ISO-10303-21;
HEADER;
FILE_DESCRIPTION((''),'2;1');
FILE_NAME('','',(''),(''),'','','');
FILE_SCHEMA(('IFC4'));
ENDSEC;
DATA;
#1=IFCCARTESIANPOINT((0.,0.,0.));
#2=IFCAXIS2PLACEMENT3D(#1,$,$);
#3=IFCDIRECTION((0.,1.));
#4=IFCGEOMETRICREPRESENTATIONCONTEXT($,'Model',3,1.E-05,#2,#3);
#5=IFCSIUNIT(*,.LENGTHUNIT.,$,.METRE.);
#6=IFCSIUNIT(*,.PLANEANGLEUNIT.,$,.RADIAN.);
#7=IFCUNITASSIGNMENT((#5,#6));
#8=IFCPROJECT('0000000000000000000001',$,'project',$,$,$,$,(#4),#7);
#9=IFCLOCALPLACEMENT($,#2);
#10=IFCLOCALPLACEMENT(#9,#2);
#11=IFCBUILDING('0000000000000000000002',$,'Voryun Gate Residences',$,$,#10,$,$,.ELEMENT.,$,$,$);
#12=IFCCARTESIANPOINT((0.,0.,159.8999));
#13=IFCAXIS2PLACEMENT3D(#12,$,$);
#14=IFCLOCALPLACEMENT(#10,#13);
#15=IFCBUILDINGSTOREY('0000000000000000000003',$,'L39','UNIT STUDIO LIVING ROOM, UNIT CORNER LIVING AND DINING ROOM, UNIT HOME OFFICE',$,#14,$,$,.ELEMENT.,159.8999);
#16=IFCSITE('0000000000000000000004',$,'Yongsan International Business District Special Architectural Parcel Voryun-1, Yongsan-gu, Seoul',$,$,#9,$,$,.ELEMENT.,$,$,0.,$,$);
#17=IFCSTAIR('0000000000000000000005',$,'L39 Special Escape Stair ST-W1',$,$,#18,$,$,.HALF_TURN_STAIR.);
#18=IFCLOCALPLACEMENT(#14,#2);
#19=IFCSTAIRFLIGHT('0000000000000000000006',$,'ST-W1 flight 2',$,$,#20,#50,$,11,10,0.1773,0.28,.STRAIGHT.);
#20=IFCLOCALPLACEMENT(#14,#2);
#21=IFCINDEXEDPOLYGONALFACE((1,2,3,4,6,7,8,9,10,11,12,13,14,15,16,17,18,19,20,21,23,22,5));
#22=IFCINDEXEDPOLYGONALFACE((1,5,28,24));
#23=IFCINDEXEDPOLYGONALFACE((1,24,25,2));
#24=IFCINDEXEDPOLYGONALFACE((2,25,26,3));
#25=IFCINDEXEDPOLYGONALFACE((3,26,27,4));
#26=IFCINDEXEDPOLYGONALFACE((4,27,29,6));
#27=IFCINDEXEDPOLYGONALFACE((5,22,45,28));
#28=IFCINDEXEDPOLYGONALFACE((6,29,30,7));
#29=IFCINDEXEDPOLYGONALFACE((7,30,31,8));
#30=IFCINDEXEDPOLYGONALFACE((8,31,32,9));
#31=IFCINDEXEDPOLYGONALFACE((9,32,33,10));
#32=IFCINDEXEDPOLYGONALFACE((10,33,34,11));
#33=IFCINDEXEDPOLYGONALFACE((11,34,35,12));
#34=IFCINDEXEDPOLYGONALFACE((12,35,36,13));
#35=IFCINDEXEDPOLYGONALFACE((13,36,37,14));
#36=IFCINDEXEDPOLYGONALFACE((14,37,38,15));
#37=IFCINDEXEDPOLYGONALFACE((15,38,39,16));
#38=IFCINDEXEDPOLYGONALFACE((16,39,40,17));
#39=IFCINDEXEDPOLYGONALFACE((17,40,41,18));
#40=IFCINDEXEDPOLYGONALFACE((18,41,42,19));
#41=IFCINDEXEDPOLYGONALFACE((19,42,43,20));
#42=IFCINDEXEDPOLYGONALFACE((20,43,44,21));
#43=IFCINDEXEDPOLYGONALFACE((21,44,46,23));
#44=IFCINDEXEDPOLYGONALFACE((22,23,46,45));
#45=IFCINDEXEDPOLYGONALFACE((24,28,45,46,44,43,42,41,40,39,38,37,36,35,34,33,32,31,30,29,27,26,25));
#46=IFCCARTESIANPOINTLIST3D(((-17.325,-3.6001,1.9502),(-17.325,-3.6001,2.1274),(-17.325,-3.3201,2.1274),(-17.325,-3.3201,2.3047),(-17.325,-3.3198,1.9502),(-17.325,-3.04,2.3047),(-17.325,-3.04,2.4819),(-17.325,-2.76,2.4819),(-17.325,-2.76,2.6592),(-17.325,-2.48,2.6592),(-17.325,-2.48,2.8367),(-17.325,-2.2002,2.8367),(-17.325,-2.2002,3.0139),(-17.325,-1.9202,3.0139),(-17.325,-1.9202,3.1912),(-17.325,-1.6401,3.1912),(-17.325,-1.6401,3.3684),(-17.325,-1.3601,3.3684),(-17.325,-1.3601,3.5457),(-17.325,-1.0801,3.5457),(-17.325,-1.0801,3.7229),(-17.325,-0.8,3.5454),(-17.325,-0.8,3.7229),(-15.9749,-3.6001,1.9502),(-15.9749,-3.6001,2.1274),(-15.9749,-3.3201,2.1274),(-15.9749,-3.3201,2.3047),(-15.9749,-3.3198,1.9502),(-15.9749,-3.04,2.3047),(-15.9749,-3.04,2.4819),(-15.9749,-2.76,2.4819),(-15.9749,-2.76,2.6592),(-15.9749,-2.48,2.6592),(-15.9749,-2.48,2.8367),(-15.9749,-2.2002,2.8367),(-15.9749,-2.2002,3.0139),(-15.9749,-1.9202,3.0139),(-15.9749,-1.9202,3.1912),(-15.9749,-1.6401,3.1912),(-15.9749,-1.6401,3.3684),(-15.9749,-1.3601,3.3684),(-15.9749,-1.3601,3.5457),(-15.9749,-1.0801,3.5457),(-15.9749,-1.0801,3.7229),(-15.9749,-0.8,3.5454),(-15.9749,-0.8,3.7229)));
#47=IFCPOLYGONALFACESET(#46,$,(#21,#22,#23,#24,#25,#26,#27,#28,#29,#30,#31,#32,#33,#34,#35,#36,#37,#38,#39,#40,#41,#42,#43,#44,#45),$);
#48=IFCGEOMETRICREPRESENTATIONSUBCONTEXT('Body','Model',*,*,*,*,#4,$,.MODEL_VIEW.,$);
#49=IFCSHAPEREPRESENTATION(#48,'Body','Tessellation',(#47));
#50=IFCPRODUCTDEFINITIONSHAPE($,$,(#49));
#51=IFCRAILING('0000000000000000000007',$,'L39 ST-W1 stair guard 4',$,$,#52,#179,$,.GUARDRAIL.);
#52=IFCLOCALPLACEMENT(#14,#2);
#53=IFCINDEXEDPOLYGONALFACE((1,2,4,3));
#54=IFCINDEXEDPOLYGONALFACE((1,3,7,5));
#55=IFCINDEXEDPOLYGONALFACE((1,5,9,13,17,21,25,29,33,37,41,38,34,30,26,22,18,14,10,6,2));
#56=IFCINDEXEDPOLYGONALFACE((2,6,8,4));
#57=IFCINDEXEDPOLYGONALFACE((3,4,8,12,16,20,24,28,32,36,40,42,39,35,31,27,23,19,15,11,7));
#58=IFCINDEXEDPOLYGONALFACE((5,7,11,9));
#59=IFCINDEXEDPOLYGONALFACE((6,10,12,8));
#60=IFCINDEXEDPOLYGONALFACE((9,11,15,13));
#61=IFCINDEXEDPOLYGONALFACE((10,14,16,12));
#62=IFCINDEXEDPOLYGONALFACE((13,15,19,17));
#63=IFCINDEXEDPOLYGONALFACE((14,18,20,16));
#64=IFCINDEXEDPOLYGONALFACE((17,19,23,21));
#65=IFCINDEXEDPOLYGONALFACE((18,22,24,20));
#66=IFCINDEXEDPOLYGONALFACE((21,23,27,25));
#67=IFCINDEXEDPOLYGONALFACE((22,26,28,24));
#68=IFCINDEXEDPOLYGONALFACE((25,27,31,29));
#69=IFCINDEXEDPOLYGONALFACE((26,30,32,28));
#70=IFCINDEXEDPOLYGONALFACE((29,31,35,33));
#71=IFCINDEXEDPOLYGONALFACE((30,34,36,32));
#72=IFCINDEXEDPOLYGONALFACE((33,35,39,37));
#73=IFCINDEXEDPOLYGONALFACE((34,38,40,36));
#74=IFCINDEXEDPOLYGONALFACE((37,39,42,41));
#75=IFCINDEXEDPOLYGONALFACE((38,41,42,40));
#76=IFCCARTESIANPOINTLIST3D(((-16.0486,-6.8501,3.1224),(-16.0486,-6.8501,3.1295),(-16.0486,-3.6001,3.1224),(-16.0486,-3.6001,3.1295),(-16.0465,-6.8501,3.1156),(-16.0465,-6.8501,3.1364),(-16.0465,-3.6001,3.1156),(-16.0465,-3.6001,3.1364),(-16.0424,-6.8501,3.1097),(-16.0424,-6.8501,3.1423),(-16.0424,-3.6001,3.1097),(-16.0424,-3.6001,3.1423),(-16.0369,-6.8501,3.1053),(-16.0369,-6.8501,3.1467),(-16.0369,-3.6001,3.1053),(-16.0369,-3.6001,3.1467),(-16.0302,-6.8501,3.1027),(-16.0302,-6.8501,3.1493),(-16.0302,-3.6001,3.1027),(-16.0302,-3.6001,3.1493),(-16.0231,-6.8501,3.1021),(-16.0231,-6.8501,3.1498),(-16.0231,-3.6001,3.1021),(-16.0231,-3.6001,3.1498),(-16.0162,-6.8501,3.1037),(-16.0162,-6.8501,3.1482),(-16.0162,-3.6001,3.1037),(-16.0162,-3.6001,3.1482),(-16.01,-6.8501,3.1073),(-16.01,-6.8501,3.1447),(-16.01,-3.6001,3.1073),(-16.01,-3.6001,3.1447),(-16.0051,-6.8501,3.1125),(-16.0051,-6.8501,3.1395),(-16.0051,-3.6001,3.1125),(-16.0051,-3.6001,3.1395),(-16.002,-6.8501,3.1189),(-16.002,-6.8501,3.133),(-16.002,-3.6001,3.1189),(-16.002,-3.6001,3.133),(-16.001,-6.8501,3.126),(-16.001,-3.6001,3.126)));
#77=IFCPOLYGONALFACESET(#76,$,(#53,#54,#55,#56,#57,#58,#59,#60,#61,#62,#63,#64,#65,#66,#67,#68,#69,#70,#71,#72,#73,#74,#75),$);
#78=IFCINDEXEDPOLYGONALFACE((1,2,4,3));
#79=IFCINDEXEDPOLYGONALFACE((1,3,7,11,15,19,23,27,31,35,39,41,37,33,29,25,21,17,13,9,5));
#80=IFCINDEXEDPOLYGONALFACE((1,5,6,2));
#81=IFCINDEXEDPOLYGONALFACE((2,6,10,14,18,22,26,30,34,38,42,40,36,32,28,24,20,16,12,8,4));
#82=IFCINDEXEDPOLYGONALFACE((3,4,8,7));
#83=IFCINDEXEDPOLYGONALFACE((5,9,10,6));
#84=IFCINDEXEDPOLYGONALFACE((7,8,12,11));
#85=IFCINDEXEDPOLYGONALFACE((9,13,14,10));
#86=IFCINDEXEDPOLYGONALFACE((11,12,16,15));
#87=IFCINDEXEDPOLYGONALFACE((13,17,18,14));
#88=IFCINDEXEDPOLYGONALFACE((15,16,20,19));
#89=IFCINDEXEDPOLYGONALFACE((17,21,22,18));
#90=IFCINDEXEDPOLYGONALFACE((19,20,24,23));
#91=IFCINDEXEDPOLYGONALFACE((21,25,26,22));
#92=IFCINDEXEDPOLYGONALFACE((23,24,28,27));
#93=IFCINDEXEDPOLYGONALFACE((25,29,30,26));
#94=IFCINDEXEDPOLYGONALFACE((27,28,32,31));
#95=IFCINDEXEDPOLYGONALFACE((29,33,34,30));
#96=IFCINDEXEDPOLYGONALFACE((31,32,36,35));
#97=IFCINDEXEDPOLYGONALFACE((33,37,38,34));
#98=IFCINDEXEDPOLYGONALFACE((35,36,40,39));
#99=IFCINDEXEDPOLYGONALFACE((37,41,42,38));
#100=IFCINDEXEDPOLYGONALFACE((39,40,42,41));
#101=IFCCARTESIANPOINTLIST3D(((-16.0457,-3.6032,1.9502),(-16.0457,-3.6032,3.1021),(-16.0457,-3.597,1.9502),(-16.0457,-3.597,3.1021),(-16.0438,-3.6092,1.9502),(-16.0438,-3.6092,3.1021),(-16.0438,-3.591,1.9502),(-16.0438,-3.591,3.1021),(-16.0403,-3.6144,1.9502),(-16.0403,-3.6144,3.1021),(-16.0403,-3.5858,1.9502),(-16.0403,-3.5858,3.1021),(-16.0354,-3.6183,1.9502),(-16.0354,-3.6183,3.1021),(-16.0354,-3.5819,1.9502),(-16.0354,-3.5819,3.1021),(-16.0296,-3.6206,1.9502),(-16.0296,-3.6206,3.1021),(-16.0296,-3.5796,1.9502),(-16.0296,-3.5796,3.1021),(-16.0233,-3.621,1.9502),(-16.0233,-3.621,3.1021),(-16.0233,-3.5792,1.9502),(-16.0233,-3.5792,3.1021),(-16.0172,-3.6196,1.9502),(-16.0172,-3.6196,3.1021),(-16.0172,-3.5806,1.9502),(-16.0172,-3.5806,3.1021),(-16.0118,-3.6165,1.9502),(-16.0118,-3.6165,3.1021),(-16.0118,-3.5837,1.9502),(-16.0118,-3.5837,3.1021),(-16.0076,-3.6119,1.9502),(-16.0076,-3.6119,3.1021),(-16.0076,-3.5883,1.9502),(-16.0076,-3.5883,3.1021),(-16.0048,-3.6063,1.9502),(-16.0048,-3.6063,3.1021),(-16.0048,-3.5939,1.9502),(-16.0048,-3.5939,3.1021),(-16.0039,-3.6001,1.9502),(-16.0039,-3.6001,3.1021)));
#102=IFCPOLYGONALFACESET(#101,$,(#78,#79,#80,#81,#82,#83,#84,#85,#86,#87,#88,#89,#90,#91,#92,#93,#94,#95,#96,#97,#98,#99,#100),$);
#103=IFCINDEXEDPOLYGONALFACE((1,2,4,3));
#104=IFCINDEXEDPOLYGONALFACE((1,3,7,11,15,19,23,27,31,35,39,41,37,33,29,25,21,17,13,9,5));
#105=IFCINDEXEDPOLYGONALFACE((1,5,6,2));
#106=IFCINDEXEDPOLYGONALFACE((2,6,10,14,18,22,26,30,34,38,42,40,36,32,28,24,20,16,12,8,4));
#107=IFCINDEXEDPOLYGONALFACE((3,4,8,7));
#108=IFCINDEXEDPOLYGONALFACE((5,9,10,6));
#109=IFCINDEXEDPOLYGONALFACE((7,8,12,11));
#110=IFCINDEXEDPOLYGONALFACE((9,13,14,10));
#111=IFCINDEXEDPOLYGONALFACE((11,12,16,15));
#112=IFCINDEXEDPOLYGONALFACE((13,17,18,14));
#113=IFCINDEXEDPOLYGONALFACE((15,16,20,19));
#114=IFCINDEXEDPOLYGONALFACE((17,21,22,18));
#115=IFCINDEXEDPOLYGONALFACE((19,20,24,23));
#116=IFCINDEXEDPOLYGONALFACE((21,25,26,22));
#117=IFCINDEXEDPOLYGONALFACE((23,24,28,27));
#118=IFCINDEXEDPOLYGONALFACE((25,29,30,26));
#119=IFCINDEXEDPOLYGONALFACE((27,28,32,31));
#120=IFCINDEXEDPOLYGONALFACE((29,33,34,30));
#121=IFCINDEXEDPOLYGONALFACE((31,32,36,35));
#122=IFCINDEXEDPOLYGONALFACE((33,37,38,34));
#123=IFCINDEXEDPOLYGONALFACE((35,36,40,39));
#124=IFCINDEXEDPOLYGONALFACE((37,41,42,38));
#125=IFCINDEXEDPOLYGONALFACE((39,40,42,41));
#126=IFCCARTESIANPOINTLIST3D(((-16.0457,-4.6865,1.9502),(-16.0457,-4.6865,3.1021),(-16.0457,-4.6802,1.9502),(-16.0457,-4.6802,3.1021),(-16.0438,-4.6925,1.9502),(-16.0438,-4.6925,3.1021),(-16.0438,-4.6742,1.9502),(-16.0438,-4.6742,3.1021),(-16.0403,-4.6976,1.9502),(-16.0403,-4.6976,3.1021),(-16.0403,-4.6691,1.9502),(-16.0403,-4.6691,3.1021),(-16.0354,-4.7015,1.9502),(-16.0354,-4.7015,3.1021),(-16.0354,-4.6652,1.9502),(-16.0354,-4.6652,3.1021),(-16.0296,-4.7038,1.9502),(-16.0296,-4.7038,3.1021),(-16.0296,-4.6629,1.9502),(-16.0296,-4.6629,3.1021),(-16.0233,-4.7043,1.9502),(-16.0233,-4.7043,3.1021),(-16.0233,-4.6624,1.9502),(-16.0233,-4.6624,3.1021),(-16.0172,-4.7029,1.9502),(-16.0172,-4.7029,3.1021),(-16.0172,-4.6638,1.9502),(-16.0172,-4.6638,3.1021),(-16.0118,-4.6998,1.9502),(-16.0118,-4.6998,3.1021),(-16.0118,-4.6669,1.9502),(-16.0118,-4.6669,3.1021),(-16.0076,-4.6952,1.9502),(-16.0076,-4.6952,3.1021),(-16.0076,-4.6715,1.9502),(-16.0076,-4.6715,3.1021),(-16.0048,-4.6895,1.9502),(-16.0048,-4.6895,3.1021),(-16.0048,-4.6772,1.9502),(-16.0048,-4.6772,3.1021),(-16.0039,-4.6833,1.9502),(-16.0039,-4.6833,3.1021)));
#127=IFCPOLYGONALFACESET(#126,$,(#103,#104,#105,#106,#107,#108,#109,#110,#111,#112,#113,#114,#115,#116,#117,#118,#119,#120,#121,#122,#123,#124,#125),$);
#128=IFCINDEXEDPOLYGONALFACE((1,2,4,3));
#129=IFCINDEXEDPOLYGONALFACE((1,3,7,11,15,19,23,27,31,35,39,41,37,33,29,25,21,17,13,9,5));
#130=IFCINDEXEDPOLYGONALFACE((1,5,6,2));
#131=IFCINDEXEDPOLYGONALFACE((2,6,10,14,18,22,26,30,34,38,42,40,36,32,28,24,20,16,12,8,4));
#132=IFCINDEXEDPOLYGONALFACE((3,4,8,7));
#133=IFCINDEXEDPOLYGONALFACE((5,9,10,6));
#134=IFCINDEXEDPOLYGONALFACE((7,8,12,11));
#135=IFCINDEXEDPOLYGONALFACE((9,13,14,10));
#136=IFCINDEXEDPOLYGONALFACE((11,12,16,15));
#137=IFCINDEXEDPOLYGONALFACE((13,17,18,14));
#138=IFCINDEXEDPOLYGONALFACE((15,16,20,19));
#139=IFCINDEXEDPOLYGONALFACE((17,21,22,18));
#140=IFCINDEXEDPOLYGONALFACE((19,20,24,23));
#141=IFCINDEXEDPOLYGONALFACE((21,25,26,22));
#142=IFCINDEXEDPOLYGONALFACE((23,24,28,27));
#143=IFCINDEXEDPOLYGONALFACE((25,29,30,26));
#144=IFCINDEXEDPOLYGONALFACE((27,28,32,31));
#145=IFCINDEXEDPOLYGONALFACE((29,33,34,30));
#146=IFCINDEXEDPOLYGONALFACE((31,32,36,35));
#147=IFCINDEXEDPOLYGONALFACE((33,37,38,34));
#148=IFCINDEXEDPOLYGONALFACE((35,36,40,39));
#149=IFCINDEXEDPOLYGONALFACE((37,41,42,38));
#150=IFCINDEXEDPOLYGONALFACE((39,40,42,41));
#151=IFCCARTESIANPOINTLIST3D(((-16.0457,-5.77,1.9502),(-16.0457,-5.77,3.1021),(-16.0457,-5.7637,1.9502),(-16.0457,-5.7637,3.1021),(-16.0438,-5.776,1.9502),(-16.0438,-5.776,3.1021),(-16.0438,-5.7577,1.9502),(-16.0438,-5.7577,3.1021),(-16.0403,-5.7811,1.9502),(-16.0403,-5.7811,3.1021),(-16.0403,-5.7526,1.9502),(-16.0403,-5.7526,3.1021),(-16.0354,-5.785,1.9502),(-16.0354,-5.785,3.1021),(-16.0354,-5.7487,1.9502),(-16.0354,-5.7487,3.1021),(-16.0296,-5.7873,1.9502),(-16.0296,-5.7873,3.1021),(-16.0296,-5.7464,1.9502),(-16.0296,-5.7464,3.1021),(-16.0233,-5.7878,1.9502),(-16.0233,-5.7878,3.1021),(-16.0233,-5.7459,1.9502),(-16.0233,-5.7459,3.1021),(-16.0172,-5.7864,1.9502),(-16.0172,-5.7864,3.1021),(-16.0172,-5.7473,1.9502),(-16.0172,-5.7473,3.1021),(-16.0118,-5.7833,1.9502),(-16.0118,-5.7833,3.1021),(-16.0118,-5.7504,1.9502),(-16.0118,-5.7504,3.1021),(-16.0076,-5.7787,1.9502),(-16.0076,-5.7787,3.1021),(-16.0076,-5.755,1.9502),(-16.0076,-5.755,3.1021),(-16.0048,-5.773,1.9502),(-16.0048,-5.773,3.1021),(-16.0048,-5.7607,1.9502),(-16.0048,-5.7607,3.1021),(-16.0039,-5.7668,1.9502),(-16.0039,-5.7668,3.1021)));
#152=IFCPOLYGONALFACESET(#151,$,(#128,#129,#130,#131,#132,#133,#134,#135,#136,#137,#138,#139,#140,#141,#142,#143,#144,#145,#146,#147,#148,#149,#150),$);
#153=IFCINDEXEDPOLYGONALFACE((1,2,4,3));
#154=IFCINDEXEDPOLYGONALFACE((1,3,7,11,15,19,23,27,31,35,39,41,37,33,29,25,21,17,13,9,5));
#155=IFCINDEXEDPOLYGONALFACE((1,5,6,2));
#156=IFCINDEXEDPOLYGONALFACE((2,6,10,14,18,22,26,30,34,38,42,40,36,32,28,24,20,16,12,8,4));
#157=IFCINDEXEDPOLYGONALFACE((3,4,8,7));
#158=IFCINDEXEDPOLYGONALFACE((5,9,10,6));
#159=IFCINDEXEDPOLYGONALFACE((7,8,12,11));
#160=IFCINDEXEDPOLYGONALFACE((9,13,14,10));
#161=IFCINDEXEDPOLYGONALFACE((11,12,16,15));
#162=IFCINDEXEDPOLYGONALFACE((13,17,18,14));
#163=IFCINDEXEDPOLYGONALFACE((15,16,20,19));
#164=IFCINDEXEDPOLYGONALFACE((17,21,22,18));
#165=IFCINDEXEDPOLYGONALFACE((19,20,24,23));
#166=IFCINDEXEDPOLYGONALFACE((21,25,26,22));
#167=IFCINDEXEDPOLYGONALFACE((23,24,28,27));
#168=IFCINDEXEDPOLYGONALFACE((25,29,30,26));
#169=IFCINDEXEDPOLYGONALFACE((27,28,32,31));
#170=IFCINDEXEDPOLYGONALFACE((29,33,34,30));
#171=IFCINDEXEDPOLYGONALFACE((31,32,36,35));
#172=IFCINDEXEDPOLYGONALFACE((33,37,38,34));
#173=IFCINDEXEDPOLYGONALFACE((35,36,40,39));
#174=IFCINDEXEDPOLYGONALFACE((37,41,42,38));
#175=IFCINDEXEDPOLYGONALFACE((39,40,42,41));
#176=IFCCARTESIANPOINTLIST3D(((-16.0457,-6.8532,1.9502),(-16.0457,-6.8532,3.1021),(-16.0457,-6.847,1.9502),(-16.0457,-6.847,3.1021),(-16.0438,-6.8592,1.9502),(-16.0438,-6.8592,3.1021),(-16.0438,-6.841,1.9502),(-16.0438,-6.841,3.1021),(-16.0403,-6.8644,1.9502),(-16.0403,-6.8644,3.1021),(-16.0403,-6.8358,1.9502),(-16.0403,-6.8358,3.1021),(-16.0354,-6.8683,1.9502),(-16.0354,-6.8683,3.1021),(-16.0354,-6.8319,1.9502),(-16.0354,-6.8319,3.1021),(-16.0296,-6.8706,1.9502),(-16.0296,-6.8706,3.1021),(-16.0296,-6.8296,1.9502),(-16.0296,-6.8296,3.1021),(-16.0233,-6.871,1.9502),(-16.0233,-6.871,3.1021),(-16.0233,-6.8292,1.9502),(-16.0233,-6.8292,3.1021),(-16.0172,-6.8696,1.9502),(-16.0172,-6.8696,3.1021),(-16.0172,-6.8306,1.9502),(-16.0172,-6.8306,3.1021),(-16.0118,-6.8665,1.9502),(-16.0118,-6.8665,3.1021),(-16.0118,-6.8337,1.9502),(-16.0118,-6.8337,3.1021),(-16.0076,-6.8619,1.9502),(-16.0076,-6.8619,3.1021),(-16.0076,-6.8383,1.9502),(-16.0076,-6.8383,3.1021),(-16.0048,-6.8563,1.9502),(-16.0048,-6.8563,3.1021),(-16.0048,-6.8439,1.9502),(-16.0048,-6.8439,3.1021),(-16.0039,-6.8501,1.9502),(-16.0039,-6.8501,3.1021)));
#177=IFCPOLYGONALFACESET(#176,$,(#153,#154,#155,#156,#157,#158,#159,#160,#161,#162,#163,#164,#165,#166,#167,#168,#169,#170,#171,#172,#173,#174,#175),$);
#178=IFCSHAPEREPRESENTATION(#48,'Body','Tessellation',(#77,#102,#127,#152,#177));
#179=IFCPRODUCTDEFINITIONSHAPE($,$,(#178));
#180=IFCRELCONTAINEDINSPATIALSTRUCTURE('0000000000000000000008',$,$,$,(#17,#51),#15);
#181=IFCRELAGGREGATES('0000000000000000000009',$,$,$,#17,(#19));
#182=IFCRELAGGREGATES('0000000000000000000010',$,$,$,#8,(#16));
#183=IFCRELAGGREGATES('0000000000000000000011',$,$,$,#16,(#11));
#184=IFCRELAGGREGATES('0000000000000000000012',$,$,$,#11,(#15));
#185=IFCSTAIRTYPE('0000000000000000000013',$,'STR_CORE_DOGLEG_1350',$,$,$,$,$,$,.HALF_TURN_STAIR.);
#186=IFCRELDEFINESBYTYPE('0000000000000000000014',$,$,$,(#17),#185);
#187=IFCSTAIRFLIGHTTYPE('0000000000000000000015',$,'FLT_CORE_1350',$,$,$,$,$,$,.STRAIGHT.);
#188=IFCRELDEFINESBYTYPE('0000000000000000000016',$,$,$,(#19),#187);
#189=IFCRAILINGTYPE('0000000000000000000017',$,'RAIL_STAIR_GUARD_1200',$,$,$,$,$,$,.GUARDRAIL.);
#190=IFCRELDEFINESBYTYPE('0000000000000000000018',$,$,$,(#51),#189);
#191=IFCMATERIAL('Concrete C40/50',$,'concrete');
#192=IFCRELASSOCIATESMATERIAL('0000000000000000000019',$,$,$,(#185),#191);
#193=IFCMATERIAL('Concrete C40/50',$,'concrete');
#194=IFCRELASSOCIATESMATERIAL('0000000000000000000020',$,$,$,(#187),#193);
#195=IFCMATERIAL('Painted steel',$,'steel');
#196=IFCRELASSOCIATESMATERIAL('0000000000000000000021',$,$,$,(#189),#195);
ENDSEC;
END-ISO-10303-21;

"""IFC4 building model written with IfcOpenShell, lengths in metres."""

from ifc_helpers import new_model, si_unit, direction, frame, origin, origin_2d, place, context, subcontext, project, spatial, polyline, circle, outline, extrude, material, type_object, element, aggregate, save


model = new_model("IFC4")

# Units and contexts
model_context = context("Model", 3, precision=1e-05, world=origin(), true_north=direction((0.0, 1.0)))
body_context = subcontext(model_context, "Body", "Model", "MODEL_VIEW")
ifc_project = project(units=[si_unit("LENGTHUNIT", "METRE"), si_unit("PLANEANGLEUNIT", "RADIAN")], contexts=[model_context])

# Site, building, storey
site_placement = place(None, origin())
site = spatial("IfcSite", under=ifc_project, at=site_placement, Name="Yongsan International Business District Special Architectural Parcel Voryun-1, Yongsan-gu, Seoul", CompositionType="ELEMENT", RefElevation=0.0)
building_placement = place(site_placement, origin())
building = spatial("IfcBuilding", under=site, at=building_placement, Name="Voryun Gate Residences", CompositionType="ELEMENT")
storey_placement = place(building_placement, frame((0.0, 0.0, 159.8999)))
storey = spatial("IfcBuildingStorey", under=building, at=storey_placement, Name="L39", Description="UNIT STUDIO LIVING ROOM, UNIT CORNER LIVING AND DINING ROOM, UNIT HOME OFFICE", CompositionType="ELEMENT", Elevation=159.8999)

# Stair, stair flight
ifc_material_1 = material(Name="Concrete C40/50", Category="concrete")
stair_type = type_object("IfcStairType", Name="STR_CORE_DOGLEG_1350", PredefinedType="HALF_TURN_STAIR", material=ifc_material_1)
stair_placement = place(storey_placement, origin())
stair = element("IfcStair", 1, at=stair_placement, inside=storey, type_object=stair_type, Name="L39 Special Escape Stair ST-W1", PredefinedType="HALF_TURN_STAIR")
ifc_material_2 = material(Name="Concrete C40/50", Category="concrete")
stair_flight_type = type_object("IfcStairFlightType", Name="FLT_CORE_1350", PredefinedType="STRAIGHT", material=ifc_material_2)
stair_flight_placement = place(storey_placement, frame((-16.6499, -3.6001, 1.9502), z_axis=(0.0, 0.0, 1.0), x_axis=(0.0, 1.0, 0.0)))
stair_flight = element("IfcStairFlight", 2, at=stair_flight_placement, type_object=stair_flight_type, Name="ST-W1 flight 2", NumberOfRisers=11, NumberOfTreads=10, PredefinedType="STRAIGHT", RiserHeight=0.1773, TreadLength=0.28, context=body_context, shape_type="SweptSolid", body=[
    extrude(outline(polyline([(0.0, 0.0), (0.0, 0.1772), (0.28, 0.1772), (0.28, 0.3545), (0.5601, 0.3545), (0.5601, 0.5317), (0.8401, 0.5317), (0.8401, 0.709), (1.1201, 0.709), (1.1201, 0.8865), (1.3999, 0.8865), (1.3999, 1.0637), (1.6799, 1.0637), (1.6799, 1.241), (1.96, 1.241), (1.96, 1.4182), (2.24, 1.4182), (2.24, 1.5955), (2.52, 1.5955), (2.52, 1.7727), (2.8, 1.7727), (2.8, 1.95), (2.8, 1.5952), (0.2803, 0.0), (0.0, 0.0)])), frame((0.0, 0.675, 0.0), z_axis=(0.0, -1.0, 0.0), x_axis=(1.0, 0.0, 0.0)), (0.0, 0.0, 1.0), 1.3501),
])
aggregate(stair, [stair_flight])

# Railing
ifc_material_3 = material(Name="Painted steel", Category="steel")
railing_type_1 = type_object("IfcRailingType", Name="RAIL_STAIR_GUARD_1200", PredefinedType="GUARDRAIL", material=ifc_material_3)
railing_1_placement = place(storey_placement, frame((-16.0249, -3.6001, 1.9502)))
element("IfcRailing", 3, at=railing_1_placement, inside=storey, type_object=railing_type_1, Name="L39 ST-W1 stair guard 4", PredefinedType="GUARDRAIL", context=body_context, shape_type="SweptSolid", body=[
    extrude(circle(Radius=0.0239, at=origin_2d()), frame((0.0, 0.0, 1.1758), z_axis=(0.0, -1.0, 0.0), x_axis=(1.0, 0.0, 0.0)), (0.0, 0.0, 1.0), 3.25),
    extrude(circle(Radius=0.021, at=origin_2d()), origin(), (0.0, 0.0, 1.0), 1.1519),
    extrude(circle(Radius=0.021, at=origin_2d()), frame((0.0, -1.0833, 0.0)), (0.0, 0.0, 1.0), 1.1519),
    extrude(circle(Radius=0.021, at=origin_2d()), frame((0.0, -2.1667, 0.0)), (0.0, 0.0, 1.0), 1.1519),
    extrude(circle(Radius=0.021, at=origin_2d()), frame((0.0, -3.25, 0.0)), (0.0, 0.0, 1.0), 1.1519),
])

save(model, "model.ifc")
